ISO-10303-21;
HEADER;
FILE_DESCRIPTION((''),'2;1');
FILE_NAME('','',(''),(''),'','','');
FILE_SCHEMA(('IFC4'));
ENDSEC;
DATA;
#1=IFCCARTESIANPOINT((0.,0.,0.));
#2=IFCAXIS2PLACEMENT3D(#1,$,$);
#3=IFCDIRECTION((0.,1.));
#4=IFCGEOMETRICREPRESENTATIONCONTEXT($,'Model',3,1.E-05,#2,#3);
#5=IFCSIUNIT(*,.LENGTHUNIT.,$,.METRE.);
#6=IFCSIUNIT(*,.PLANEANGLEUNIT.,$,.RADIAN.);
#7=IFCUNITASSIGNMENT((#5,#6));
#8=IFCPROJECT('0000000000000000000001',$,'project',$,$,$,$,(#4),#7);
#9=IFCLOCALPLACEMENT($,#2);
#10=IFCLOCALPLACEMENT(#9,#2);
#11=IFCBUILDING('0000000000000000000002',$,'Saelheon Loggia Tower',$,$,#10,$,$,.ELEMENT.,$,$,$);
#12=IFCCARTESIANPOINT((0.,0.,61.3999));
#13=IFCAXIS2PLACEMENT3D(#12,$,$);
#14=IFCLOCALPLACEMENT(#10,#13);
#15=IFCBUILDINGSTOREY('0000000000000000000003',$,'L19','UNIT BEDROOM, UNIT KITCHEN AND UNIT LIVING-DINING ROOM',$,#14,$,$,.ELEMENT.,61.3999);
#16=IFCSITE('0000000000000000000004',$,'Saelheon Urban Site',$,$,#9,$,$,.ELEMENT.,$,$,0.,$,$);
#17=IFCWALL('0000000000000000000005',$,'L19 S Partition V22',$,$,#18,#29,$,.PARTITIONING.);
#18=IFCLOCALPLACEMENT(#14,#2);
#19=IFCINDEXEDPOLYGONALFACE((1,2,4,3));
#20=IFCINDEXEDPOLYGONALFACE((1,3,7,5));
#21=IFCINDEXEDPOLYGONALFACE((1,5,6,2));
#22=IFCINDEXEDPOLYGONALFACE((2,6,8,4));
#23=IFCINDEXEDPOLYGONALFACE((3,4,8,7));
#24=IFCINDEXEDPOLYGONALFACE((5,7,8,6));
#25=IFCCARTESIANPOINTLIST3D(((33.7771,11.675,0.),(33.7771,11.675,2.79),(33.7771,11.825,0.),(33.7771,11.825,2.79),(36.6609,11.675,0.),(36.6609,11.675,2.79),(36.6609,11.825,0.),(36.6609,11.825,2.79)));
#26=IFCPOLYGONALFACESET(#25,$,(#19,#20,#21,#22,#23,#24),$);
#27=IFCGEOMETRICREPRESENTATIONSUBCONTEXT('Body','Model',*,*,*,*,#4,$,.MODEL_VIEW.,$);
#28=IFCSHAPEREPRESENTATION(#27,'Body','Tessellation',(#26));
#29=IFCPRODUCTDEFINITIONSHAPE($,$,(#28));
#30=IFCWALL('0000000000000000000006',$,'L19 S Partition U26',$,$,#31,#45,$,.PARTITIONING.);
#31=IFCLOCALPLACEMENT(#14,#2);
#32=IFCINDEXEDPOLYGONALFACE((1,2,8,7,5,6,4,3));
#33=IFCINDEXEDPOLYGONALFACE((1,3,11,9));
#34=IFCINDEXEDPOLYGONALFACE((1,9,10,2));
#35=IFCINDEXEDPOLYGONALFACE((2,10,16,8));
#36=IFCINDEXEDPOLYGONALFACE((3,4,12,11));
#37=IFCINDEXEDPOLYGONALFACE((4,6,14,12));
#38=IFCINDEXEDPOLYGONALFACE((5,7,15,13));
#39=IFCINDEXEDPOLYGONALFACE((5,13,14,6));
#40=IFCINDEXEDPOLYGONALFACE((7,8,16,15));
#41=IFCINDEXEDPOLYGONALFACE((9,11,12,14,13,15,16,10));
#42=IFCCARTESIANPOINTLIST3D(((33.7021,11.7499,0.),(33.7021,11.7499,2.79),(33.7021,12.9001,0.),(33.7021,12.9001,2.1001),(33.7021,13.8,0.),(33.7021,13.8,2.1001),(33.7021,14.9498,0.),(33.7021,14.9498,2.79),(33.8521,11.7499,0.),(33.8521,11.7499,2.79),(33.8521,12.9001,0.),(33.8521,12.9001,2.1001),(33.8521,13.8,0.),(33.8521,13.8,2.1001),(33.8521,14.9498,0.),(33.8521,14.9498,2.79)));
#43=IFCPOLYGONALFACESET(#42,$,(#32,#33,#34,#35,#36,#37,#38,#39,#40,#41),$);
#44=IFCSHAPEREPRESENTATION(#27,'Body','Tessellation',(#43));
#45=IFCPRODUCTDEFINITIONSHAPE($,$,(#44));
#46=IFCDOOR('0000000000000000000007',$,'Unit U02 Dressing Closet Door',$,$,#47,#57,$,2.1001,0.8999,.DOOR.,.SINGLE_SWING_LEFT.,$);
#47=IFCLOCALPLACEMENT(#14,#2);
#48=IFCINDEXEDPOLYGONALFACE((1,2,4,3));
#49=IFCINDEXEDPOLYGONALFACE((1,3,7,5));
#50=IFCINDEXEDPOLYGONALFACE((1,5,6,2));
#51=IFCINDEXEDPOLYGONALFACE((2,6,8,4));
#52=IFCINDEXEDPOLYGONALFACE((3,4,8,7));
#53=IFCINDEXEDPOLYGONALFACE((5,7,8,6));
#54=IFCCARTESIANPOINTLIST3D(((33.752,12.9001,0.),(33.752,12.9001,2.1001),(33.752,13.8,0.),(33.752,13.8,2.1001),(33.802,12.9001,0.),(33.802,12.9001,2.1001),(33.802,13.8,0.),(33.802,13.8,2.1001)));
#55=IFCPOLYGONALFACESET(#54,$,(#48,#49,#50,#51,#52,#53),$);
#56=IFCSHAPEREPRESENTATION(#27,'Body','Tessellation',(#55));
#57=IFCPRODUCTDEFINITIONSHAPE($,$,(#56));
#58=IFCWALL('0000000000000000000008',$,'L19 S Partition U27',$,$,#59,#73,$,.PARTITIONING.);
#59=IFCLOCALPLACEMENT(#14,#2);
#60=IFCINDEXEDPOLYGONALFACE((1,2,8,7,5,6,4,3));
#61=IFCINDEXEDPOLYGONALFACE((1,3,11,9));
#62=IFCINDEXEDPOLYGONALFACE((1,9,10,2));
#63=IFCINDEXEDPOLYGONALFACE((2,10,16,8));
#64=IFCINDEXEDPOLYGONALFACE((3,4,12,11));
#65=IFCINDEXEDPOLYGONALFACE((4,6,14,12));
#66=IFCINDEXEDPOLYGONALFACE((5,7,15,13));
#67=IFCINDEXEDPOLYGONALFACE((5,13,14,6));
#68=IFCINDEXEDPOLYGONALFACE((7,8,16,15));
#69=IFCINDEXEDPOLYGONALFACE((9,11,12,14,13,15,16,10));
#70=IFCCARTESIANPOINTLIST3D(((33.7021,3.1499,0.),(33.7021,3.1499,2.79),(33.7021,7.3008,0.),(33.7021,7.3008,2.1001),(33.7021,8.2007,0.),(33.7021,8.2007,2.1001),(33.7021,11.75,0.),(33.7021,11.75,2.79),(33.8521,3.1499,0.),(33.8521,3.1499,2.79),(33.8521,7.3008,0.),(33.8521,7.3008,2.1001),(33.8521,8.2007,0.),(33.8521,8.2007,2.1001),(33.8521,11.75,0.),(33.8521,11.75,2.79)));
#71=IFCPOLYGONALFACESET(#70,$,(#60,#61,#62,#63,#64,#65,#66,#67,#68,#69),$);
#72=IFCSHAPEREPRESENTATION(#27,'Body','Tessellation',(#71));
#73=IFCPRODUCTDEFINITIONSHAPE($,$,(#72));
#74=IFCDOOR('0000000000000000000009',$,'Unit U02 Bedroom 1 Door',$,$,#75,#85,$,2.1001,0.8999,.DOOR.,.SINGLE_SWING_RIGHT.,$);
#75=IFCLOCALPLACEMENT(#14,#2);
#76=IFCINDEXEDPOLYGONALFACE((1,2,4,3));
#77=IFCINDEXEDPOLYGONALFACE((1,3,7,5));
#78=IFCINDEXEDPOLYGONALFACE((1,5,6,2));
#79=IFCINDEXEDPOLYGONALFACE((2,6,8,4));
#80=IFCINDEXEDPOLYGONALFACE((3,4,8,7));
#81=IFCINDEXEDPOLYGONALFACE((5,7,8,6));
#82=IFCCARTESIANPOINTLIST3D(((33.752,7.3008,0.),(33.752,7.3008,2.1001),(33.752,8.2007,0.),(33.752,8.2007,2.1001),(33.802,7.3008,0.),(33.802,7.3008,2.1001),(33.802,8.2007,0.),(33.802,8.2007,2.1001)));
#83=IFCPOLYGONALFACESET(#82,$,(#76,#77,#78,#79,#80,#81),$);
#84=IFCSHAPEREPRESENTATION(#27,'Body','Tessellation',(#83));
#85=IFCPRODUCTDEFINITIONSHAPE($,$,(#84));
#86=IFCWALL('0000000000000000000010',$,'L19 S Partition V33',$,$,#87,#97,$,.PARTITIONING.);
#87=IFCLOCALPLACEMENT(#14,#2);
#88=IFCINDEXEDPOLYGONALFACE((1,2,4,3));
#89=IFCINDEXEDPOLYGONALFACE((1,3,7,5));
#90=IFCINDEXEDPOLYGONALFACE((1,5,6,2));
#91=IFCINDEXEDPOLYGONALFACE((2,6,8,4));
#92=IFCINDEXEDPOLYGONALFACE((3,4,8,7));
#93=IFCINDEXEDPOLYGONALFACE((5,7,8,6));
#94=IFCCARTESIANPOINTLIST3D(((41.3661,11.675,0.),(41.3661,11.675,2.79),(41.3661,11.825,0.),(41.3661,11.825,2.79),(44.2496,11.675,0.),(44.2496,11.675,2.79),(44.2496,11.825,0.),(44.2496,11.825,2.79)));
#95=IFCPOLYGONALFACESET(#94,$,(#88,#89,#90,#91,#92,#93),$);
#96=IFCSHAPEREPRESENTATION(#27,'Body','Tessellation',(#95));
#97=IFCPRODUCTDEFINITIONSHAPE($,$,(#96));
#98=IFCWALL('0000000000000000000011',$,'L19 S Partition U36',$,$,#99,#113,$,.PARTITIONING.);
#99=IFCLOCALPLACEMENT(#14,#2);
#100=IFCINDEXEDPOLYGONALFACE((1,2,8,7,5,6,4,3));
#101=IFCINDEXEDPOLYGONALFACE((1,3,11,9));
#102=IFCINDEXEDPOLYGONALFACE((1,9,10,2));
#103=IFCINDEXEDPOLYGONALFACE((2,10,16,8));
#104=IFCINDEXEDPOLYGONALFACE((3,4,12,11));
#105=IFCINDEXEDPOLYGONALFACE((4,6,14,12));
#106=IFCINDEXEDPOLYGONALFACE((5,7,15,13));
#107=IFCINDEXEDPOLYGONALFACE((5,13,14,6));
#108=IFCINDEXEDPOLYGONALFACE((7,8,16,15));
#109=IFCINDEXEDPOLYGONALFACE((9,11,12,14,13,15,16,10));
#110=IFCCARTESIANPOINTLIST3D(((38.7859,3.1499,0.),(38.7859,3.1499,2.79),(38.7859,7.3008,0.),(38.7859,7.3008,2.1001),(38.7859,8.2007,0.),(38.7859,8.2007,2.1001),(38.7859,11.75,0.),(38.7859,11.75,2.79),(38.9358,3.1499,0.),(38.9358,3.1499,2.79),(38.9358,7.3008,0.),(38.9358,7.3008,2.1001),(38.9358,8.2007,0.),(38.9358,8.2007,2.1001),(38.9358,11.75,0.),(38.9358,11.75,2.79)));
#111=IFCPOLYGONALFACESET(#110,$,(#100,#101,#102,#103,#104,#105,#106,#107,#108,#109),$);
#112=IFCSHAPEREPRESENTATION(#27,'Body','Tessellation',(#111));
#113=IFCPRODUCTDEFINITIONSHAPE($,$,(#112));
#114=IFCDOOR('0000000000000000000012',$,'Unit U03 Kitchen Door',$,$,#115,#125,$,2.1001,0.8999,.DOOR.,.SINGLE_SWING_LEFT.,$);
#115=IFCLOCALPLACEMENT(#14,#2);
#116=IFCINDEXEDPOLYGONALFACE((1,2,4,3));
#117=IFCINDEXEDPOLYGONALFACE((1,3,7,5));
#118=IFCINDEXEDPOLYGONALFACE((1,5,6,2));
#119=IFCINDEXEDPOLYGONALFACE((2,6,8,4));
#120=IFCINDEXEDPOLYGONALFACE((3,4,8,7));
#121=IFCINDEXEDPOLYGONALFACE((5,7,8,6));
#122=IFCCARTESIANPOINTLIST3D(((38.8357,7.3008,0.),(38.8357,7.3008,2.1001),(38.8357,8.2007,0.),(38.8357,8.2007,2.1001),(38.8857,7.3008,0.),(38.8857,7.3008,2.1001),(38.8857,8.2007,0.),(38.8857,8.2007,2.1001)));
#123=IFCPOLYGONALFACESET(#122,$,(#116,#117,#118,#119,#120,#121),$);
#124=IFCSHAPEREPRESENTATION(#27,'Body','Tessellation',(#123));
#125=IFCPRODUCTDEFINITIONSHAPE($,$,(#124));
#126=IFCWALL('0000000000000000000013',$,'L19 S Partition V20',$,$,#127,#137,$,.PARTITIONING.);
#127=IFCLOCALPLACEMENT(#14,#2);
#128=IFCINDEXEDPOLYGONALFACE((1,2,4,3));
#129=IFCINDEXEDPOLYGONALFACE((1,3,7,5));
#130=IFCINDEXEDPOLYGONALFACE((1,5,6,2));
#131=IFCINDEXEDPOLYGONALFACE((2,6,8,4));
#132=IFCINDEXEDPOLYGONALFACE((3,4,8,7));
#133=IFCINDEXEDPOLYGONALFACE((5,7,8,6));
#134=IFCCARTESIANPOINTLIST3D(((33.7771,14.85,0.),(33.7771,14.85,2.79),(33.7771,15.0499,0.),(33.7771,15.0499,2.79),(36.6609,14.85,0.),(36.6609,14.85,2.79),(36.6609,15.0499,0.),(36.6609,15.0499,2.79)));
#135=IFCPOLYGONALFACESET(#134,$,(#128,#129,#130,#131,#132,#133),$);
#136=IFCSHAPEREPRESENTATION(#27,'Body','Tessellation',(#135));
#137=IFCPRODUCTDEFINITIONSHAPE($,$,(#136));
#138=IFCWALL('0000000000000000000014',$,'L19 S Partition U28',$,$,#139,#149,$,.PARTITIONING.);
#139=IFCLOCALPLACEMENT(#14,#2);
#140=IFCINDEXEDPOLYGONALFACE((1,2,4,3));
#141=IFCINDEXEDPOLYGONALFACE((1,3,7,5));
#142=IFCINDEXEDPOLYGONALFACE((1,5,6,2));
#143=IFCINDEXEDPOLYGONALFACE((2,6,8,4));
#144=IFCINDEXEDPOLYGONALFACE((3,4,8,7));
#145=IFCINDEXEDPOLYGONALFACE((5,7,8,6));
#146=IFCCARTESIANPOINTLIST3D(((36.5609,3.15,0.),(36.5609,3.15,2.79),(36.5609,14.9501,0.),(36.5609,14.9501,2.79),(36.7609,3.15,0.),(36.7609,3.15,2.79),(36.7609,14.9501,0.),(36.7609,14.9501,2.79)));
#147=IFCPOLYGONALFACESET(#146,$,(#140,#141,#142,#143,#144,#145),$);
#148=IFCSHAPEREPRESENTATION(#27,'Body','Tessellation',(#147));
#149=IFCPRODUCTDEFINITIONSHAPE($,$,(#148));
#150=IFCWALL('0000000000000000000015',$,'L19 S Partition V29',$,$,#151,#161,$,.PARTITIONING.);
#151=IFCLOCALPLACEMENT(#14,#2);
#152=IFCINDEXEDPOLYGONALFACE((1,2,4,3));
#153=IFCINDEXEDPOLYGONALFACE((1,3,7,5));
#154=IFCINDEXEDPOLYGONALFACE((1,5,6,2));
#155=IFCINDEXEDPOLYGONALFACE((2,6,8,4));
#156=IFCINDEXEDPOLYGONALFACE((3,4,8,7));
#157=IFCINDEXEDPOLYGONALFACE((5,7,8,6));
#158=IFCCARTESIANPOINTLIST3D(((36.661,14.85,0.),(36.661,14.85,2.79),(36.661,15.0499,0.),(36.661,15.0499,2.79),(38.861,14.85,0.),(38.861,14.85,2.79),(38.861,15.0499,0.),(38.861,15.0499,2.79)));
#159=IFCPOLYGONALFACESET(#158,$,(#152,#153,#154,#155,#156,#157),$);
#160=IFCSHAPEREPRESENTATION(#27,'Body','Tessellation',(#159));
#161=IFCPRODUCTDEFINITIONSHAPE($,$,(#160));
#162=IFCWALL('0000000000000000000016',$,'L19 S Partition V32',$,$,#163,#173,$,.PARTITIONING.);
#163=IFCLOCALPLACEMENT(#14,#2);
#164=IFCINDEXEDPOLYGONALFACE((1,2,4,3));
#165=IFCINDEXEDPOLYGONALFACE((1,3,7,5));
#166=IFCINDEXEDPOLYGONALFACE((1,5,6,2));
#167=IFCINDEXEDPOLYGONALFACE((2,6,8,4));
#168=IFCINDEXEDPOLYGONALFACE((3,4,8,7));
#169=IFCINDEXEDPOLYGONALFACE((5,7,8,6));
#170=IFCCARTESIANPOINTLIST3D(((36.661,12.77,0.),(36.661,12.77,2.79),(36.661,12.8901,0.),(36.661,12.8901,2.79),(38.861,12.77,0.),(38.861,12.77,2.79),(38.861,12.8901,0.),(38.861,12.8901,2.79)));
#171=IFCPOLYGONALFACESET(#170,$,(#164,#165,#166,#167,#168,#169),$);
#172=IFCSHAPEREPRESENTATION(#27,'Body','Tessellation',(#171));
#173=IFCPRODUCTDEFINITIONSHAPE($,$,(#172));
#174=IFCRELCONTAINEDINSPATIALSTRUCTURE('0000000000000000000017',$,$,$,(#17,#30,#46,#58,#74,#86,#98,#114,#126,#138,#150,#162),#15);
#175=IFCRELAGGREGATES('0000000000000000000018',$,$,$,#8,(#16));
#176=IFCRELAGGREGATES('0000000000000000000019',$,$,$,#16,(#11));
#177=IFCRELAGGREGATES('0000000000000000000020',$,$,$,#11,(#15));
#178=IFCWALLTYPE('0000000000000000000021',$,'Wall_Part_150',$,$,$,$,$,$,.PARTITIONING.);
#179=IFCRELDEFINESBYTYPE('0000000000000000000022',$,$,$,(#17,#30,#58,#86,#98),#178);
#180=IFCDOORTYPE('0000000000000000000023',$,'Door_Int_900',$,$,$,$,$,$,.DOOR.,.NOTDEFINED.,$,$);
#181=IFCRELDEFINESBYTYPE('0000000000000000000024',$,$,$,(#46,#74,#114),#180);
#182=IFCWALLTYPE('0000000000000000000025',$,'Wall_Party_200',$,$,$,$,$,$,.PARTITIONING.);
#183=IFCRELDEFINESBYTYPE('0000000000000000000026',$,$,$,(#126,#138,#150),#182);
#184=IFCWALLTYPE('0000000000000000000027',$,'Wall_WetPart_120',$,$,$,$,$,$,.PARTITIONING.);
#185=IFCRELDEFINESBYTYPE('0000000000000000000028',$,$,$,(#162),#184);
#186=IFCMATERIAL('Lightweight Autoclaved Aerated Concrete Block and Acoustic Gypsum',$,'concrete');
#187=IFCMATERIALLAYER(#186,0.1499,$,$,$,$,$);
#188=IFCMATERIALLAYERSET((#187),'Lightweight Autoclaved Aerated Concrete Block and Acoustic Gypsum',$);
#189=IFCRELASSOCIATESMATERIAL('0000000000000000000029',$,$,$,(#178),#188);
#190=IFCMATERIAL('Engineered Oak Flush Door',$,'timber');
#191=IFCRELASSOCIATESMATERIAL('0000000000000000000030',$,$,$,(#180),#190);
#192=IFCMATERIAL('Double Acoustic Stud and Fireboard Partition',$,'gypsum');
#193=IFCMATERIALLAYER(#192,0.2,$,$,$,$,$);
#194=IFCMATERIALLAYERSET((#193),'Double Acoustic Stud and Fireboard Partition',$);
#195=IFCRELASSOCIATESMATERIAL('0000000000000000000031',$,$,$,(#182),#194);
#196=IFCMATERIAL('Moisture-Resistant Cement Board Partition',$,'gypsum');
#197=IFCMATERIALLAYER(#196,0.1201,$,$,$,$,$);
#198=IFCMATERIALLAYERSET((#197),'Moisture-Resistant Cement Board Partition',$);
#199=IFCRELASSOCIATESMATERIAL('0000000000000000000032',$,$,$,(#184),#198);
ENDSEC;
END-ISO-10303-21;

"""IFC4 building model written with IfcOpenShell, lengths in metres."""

from ifc_helpers import new_model, si_unit, direction, frame, frame_2d, origin, place, context, subcontext, project, spatial, rectangle, extrude, source, transform, mapped, material, layer, layer_set, type_object, element, fill, save


model = new_model("IFC4")

# Units and contexts
model_context = context("Model", 3, precision=1e-05, world=origin(), true_north=direction((0.0, 1.0)))
body_context = subcontext(model_context, "Body", "Model", "MODEL_VIEW")
ifc_project = project(units=[si_unit("LENGTHUNIT", "METRE"), si_unit("PLANEANGLEUNIT", "RADIAN")], contexts=[model_context])

# Site, building, storey
site_placement = place(None, origin())
site = spatial("IfcSite", under=ifc_project, at=site_placement, Name="Saelheon Urban Site", CompositionType="ELEMENT", RefElevation=0.0)
building_placement = place(site_placement, origin())
building = spatial("IfcBuilding", under=site, at=building_placement, Name="Saelheon Loggia Tower", CompositionType="ELEMENT")
storey_placement = place(building_placement, frame((0.0, 0.0, 61.3999)))
storey = spatial("IfcBuildingStorey", under=building, at=storey_placement, Name="L19", Description="UNIT BEDROOM, UNIT KITCHEN AND UNIT LIVING-DINING ROOM", CompositionType="ELEMENT", Elevation=61.3999)

# Wall
ifc_material_1 = material(Name="Lightweight Autoclaved Aerated Concrete Block and Acoustic Gypsum", Category="concrete")
ifc_layer_1 = layer(ifc_material_1, 0.1499)
ifc_layer_set_1 = layer_set([ifc_layer_1], Name="Lightweight Autoclaved Aerated Concrete Block and Acoustic Gypsum")
wall_type_1 = type_object("IfcWallType", Name="Wall_Part_150", PredefinedType="PARTITIONING", material=ifc_layer_set_1)
wall_1_placement = place(storey_placement, frame((33.7771, 11.75, 0.0), z_axis=(0.0, 0.0, 1.0), x_axis=(1.0, 0.0, 0.0)))
element("IfcWall", 1, at=wall_1_placement, inside=storey, type_object=wall_type_1, Name="L19 S Partition V22", PredefinedType="PARTITIONING", context=body_context, shape_type="SweptSolid", body=[
    extrude(rectangle(XDim=2.8838, YDim=0.1499, at=frame_2d((1.4419, 0.0))), origin(), (0.0, 0.0, 1.0), 2.79),
])

# Walls, openings, doors
wall_2_placement = place(storey_placement, frame((33.7771, 14.95, 0.0), z_axis=(0.0, 0.0, 1.0), x_axis=(0.0, -1.0, 0.0)))
wall_2 = element("IfcWall", 2, at=wall_2_placement, inside=storey, type_object=wall_type_1, Name="L19 S Partition U26", PredefinedType="PARTITIONING", context=body_context, shape_type="SweptSolid", body=[
    extrude(rectangle(XDim=3.2, YDim=0.1499, at=frame_2d((1.6001, 0.0))), origin(), (0.0, 0.0, 1.0), 2.79),
])
opening_1_placement = place(wall_2_placement, frame((1.1499, 0.0, 0.0)))
opening_1 = element("IfcOpeningElement", 3, at=opening_1_placement, cuts=wall_2, PredefinedType="OPENING", context=body_context, shape_type="SweptSolid", body=[
    extrude(rectangle(XDim=0.8999, YDim=2.1001, at=frame_2d((0.45, 1.05))), frame((0.0, 0.0869, 0.0), z_axis=(0.0, -1.0, 0.0), x_axis=(1.0, 0.0, 0.0)), (0.0, 0.0, 1.0), 0.1738),
])
ifc_material_2 = material(Name="Engineered Oak Flush Door", Category="timber")
door_type_1 = type_object("IfcDoorType", Name="Door_Int_900", OperationType="NOTDEFINED", PredefinedType="DOOR", material=ifc_material_2)
shared_shape_1 = source(origin(), body_context, "Body", "SweptSolid", [
    extrude(rectangle(XDim=0.8999, YDim=2.1001, at=frame_2d((0.45, 1.05))), frame((0.0, 0.0249, 0.0), z_axis=(0.0, -1.0, 0.0), x_axis=(1.0, 0.0, 0.0)), (0.0, 0.0, 1.0), 0.05),
])
door_1_placement = place(opening_1_placement, origin())
door_1 = element("IfcDoor", 4, at=door_1_placement, inside=storey, type_object=door_type_1, Name="Unit U02 Dressing Closet Door", OperationType="SINGLE_SWING_LEFT", OverallHeight=2.1001, OverallWidth=0.8999, PredefinedType="DOOR", context=body_context, shape_type="MappedRepresentation", body=[
    mapped(shared_shape_1, transform((0.0, 0.0, 0.0), scale=1.0)),
])
fill(opening_1, door_1)
wall_3_placement = place(storey_placement, frame((33.7771, 11.75, 0.0), z_axis=(0.0, 0.0, 1.0), x_axis=(0.0, -1.0, 0.0)))
wall_3 = element("IfcWall", 5, at=wall_3_placement, inside=storey, type_object=wall_type_1, Name="L19 S Partition U27", PredefinedType="PARTITIONING", context=body_context, shape_type="SweptSolid", body=[
    extrude(rectangle(XDim=8.6001, YDim=0.1499, at=frame_2d((4.3, 0.0))), origin(), (0.0, 0.0, 1.0), 2.79),
])
opening_2_placement = place(wall_3_placement, frame((3.5493, 0.0, 0.0)))
opening_2 = element("IfcOpeningElement", 6, at=opening_2_placement, cuts=wall_3, PredefinedType="OPENING", context=body_context, shape_type="SweptSolid", body=[
    extrude(rectangle(XDim=0.8999, YDim=2.1001, at=frame_2d((0.45, 1.05))), frame((0.0, 0.0869, 0.0), z_axis=(0.0, -1.0, 0.0), x_axis=(1.0, 0.0, 0.0)), (0.0, 0.0, 1.0), 0.1738),
])
door_2_placement = place(opening_2_placement, origin())
door_2 = element("IfcDoor", 7, at=door_2_placement, inside=storey, type_object=door_type_1, Name="Unit U02 Bedroom 1 Door", OperationType="SINGLE_SWING_RIGHT", OverallHeight=2.1001, OverallWidth=0.8999, PredefinedType="DOOR", context=body_context, shape_type="MappedRepresentation", body=[
    mapped(shared_shape_1, transform((0.0, 0.0, 0.0), scale=1.0)),
])
fill(opening_2, door_2)

# Wall
wall_4_placement = place(storey_placement, frame((41.366, 11.75, 0.0), z_axis=(0.0, 0.0, 1.0), x_axis=(1.0, 0.0, 0.0)))
element("IfcWall", 8, at=wall_4_placement, inside=storey, type_object=wall_type_1, Name="L19 S Partition V33", PredefinedType="PARTITIONING", context=body_context, shape_type="SweptSolid", body=[
    extrude(rectangle(XDim=2.8835, YDim=0.1499, at=frame_2d((1.4419, 0.0))), origin(), (0.0, 0.0, 1.0), 2.79),
])

# Wall, opening, door
wall_5_placement = place(storey_placement, frame((38.8608, 11.75, 0.0), z_axis=(0.0, 0.0, 1.0), x_axis=(0.0, -1.0, 0.0)))
wall_5 = element("IfcWall", 9, at=wall_5_placement, inside=storey, type_object=wall_type_1, Name="L19 S Partition U36", PredefinedType="PARTITIONING", context=body_context, shape_type="SweptSolid", body=[
    extrude(rectangle(XDim=8.6001, YDim=0.1499, at=frame_2d((4.3, 0.0))), origin(), (0.0, 0.0, 1.0), 2.79),
])
opening_3_placement = place(wall_5_placement, frame((3.5493, 0.0, 0.0)))
opening_3 = element("IfcOpeningElement", 10, at=opening_3_placement, cuts=wall_5, PredefinedType="OPENING", context=body_context, shape_type="SweptSolid", body=[
    extrude(rectangle(XDim=0.8999, YDim=2.1001, at=frame_2d((0.45, 1.05))), frame((0.0, 0.0869, 0.0), z_axis=(0.0, -1.0, 0.0), x_axis=(1.0, 0.0, 0.0)), (0.0, 0.0, 1.0), 0.1738),
])
door_3_placement = place(opening_3_placement, origin())
door_3 = element("IfcDoor", 11, at=door_3_placement, inside=storey, type_object=door_type_1, Name="Unit U03 Kitchen Door", OperationType="SINGLE_SWING_LEFT", OverallHeight=2.1001, OverallWidth=0.8999, PredefinedType="DOOR", context=body_context, shape_type="MappedRepresentation", body=[
    mapped(shared_shape_1, transform((0.0, 0.0, 0.0), scale=1.0)),
])
fill(opening_3, door_3)

# Walls
ifc_material_3 = material(Name="Double Acoustic Stud and Fireboard Partition", Category="gypsum")
ifc_layer_2 = layer(ifc_material_3, 0.2)
ifc_layer_set_2 = layer_set([ifc_layer_2], Name="Double Acoustic Stud and Fireboard Partition")
wall_type_2 = type_object("IfcWallType", Name="Wall_Party_200", PredefinedType="PARTITIONING", material=ifc_layer_set_2)
wall_6_placement = place(storey_placement, frame((33.7771, 14.95, 0.0), z_axis=(0.0, 0.0, 1.0), x_axis=(1.0, 0.0, 0.0)))
element("IfcWall", 12, at=wall_6_placement, inside=storey, type_object=wall_type_2, Name="L19 S Partition V20", PredefinedType="PARTITIONING", context=body_context, shape_type="SweptSolid", body=[
    extrude(rectangle(XDim=2.8838, YDim=0.2, at=frame_2d((1.4419, 0.0))), origin(), (0.0, 0.0, 1.0), 2.79),
])
wall_7_placement = place(storey_placement, frame((36.6609, 14.95, 0.0), z_axis=(0.0, 0.0, 1.0), x_axis=(0.0, -1.0, 0.0)))
element("IfcWall", 13, at=wall_7_placement, inside=storey, type_object=wall_type_2, Name="L19 S Partition U28", PredefinedType="PARTITIONING", context=body_context, shape_type="SweptSolid", body=[
    extrude(rectangle(XDim=11.8, YDim=0.2, at=frame_2d((5.8999, 0.0))), origin(), (0.0, 0.0, 1.0), 2.79),
])
wall_8_placement = place(storey_placement, frame((36.6609, 14.95, 0.0), z_axis=(0.0, 0.0, 1.0), x_axis=(1.0, 0.0, 0.0)))
element("IfcWall", 14, at=wall_8_placement, inside=storey, type_object=wall_type_2, Name="L19 S Partition V29", PredefinedType="PARTITIONING", context=body_context, shape_type="SweptSolid", body=[
    extrude(rectangle(XDim=2.2, YDim=0.2, at=frame_2d((1.1001, 0.0))), origin(), (0.0, 0.0, 1.0), 2.79),
])

# Wall
ifc_material_4 = material(Name="Moisture-Resistant Cement Board Partition", Category="gypsum")
ifc_layer_3 = layer(ifc_material_4, 0.1201)
ifc_layer_set_3 = layer_set([ifc_layer_3], Name="Moisture-Resistant Cement Board Partition")
wall_type_3 = type_object("IfcWallType", Name="Wall_WetPart_120", PredefinedType="PARTITIONING", material=ifc_layer_set_3)
wall_9_placement = place(storey_placement, frame((36.6609, 12.8301, 0.0), z_axis=(0.0, 0.0, 1.0), x_axis=(1.0, 0.0, 0.0)))
element("IfcWall", 15, at=wall_9_placement, inside=storey, type_object=wall_type_3, Name="L19 S Partition V32", PredefinedType="PARTITIONING", context=body_context, shape_type="SweptSolid", body=[
    extrude(rectangle(XDim=2.2, YDim=0.1201, at=frame_2d((1.1001, 0.0))), origin(), (0.0, 0.0, 1.0), 2.79),
])

save(model, "model.ifc")
